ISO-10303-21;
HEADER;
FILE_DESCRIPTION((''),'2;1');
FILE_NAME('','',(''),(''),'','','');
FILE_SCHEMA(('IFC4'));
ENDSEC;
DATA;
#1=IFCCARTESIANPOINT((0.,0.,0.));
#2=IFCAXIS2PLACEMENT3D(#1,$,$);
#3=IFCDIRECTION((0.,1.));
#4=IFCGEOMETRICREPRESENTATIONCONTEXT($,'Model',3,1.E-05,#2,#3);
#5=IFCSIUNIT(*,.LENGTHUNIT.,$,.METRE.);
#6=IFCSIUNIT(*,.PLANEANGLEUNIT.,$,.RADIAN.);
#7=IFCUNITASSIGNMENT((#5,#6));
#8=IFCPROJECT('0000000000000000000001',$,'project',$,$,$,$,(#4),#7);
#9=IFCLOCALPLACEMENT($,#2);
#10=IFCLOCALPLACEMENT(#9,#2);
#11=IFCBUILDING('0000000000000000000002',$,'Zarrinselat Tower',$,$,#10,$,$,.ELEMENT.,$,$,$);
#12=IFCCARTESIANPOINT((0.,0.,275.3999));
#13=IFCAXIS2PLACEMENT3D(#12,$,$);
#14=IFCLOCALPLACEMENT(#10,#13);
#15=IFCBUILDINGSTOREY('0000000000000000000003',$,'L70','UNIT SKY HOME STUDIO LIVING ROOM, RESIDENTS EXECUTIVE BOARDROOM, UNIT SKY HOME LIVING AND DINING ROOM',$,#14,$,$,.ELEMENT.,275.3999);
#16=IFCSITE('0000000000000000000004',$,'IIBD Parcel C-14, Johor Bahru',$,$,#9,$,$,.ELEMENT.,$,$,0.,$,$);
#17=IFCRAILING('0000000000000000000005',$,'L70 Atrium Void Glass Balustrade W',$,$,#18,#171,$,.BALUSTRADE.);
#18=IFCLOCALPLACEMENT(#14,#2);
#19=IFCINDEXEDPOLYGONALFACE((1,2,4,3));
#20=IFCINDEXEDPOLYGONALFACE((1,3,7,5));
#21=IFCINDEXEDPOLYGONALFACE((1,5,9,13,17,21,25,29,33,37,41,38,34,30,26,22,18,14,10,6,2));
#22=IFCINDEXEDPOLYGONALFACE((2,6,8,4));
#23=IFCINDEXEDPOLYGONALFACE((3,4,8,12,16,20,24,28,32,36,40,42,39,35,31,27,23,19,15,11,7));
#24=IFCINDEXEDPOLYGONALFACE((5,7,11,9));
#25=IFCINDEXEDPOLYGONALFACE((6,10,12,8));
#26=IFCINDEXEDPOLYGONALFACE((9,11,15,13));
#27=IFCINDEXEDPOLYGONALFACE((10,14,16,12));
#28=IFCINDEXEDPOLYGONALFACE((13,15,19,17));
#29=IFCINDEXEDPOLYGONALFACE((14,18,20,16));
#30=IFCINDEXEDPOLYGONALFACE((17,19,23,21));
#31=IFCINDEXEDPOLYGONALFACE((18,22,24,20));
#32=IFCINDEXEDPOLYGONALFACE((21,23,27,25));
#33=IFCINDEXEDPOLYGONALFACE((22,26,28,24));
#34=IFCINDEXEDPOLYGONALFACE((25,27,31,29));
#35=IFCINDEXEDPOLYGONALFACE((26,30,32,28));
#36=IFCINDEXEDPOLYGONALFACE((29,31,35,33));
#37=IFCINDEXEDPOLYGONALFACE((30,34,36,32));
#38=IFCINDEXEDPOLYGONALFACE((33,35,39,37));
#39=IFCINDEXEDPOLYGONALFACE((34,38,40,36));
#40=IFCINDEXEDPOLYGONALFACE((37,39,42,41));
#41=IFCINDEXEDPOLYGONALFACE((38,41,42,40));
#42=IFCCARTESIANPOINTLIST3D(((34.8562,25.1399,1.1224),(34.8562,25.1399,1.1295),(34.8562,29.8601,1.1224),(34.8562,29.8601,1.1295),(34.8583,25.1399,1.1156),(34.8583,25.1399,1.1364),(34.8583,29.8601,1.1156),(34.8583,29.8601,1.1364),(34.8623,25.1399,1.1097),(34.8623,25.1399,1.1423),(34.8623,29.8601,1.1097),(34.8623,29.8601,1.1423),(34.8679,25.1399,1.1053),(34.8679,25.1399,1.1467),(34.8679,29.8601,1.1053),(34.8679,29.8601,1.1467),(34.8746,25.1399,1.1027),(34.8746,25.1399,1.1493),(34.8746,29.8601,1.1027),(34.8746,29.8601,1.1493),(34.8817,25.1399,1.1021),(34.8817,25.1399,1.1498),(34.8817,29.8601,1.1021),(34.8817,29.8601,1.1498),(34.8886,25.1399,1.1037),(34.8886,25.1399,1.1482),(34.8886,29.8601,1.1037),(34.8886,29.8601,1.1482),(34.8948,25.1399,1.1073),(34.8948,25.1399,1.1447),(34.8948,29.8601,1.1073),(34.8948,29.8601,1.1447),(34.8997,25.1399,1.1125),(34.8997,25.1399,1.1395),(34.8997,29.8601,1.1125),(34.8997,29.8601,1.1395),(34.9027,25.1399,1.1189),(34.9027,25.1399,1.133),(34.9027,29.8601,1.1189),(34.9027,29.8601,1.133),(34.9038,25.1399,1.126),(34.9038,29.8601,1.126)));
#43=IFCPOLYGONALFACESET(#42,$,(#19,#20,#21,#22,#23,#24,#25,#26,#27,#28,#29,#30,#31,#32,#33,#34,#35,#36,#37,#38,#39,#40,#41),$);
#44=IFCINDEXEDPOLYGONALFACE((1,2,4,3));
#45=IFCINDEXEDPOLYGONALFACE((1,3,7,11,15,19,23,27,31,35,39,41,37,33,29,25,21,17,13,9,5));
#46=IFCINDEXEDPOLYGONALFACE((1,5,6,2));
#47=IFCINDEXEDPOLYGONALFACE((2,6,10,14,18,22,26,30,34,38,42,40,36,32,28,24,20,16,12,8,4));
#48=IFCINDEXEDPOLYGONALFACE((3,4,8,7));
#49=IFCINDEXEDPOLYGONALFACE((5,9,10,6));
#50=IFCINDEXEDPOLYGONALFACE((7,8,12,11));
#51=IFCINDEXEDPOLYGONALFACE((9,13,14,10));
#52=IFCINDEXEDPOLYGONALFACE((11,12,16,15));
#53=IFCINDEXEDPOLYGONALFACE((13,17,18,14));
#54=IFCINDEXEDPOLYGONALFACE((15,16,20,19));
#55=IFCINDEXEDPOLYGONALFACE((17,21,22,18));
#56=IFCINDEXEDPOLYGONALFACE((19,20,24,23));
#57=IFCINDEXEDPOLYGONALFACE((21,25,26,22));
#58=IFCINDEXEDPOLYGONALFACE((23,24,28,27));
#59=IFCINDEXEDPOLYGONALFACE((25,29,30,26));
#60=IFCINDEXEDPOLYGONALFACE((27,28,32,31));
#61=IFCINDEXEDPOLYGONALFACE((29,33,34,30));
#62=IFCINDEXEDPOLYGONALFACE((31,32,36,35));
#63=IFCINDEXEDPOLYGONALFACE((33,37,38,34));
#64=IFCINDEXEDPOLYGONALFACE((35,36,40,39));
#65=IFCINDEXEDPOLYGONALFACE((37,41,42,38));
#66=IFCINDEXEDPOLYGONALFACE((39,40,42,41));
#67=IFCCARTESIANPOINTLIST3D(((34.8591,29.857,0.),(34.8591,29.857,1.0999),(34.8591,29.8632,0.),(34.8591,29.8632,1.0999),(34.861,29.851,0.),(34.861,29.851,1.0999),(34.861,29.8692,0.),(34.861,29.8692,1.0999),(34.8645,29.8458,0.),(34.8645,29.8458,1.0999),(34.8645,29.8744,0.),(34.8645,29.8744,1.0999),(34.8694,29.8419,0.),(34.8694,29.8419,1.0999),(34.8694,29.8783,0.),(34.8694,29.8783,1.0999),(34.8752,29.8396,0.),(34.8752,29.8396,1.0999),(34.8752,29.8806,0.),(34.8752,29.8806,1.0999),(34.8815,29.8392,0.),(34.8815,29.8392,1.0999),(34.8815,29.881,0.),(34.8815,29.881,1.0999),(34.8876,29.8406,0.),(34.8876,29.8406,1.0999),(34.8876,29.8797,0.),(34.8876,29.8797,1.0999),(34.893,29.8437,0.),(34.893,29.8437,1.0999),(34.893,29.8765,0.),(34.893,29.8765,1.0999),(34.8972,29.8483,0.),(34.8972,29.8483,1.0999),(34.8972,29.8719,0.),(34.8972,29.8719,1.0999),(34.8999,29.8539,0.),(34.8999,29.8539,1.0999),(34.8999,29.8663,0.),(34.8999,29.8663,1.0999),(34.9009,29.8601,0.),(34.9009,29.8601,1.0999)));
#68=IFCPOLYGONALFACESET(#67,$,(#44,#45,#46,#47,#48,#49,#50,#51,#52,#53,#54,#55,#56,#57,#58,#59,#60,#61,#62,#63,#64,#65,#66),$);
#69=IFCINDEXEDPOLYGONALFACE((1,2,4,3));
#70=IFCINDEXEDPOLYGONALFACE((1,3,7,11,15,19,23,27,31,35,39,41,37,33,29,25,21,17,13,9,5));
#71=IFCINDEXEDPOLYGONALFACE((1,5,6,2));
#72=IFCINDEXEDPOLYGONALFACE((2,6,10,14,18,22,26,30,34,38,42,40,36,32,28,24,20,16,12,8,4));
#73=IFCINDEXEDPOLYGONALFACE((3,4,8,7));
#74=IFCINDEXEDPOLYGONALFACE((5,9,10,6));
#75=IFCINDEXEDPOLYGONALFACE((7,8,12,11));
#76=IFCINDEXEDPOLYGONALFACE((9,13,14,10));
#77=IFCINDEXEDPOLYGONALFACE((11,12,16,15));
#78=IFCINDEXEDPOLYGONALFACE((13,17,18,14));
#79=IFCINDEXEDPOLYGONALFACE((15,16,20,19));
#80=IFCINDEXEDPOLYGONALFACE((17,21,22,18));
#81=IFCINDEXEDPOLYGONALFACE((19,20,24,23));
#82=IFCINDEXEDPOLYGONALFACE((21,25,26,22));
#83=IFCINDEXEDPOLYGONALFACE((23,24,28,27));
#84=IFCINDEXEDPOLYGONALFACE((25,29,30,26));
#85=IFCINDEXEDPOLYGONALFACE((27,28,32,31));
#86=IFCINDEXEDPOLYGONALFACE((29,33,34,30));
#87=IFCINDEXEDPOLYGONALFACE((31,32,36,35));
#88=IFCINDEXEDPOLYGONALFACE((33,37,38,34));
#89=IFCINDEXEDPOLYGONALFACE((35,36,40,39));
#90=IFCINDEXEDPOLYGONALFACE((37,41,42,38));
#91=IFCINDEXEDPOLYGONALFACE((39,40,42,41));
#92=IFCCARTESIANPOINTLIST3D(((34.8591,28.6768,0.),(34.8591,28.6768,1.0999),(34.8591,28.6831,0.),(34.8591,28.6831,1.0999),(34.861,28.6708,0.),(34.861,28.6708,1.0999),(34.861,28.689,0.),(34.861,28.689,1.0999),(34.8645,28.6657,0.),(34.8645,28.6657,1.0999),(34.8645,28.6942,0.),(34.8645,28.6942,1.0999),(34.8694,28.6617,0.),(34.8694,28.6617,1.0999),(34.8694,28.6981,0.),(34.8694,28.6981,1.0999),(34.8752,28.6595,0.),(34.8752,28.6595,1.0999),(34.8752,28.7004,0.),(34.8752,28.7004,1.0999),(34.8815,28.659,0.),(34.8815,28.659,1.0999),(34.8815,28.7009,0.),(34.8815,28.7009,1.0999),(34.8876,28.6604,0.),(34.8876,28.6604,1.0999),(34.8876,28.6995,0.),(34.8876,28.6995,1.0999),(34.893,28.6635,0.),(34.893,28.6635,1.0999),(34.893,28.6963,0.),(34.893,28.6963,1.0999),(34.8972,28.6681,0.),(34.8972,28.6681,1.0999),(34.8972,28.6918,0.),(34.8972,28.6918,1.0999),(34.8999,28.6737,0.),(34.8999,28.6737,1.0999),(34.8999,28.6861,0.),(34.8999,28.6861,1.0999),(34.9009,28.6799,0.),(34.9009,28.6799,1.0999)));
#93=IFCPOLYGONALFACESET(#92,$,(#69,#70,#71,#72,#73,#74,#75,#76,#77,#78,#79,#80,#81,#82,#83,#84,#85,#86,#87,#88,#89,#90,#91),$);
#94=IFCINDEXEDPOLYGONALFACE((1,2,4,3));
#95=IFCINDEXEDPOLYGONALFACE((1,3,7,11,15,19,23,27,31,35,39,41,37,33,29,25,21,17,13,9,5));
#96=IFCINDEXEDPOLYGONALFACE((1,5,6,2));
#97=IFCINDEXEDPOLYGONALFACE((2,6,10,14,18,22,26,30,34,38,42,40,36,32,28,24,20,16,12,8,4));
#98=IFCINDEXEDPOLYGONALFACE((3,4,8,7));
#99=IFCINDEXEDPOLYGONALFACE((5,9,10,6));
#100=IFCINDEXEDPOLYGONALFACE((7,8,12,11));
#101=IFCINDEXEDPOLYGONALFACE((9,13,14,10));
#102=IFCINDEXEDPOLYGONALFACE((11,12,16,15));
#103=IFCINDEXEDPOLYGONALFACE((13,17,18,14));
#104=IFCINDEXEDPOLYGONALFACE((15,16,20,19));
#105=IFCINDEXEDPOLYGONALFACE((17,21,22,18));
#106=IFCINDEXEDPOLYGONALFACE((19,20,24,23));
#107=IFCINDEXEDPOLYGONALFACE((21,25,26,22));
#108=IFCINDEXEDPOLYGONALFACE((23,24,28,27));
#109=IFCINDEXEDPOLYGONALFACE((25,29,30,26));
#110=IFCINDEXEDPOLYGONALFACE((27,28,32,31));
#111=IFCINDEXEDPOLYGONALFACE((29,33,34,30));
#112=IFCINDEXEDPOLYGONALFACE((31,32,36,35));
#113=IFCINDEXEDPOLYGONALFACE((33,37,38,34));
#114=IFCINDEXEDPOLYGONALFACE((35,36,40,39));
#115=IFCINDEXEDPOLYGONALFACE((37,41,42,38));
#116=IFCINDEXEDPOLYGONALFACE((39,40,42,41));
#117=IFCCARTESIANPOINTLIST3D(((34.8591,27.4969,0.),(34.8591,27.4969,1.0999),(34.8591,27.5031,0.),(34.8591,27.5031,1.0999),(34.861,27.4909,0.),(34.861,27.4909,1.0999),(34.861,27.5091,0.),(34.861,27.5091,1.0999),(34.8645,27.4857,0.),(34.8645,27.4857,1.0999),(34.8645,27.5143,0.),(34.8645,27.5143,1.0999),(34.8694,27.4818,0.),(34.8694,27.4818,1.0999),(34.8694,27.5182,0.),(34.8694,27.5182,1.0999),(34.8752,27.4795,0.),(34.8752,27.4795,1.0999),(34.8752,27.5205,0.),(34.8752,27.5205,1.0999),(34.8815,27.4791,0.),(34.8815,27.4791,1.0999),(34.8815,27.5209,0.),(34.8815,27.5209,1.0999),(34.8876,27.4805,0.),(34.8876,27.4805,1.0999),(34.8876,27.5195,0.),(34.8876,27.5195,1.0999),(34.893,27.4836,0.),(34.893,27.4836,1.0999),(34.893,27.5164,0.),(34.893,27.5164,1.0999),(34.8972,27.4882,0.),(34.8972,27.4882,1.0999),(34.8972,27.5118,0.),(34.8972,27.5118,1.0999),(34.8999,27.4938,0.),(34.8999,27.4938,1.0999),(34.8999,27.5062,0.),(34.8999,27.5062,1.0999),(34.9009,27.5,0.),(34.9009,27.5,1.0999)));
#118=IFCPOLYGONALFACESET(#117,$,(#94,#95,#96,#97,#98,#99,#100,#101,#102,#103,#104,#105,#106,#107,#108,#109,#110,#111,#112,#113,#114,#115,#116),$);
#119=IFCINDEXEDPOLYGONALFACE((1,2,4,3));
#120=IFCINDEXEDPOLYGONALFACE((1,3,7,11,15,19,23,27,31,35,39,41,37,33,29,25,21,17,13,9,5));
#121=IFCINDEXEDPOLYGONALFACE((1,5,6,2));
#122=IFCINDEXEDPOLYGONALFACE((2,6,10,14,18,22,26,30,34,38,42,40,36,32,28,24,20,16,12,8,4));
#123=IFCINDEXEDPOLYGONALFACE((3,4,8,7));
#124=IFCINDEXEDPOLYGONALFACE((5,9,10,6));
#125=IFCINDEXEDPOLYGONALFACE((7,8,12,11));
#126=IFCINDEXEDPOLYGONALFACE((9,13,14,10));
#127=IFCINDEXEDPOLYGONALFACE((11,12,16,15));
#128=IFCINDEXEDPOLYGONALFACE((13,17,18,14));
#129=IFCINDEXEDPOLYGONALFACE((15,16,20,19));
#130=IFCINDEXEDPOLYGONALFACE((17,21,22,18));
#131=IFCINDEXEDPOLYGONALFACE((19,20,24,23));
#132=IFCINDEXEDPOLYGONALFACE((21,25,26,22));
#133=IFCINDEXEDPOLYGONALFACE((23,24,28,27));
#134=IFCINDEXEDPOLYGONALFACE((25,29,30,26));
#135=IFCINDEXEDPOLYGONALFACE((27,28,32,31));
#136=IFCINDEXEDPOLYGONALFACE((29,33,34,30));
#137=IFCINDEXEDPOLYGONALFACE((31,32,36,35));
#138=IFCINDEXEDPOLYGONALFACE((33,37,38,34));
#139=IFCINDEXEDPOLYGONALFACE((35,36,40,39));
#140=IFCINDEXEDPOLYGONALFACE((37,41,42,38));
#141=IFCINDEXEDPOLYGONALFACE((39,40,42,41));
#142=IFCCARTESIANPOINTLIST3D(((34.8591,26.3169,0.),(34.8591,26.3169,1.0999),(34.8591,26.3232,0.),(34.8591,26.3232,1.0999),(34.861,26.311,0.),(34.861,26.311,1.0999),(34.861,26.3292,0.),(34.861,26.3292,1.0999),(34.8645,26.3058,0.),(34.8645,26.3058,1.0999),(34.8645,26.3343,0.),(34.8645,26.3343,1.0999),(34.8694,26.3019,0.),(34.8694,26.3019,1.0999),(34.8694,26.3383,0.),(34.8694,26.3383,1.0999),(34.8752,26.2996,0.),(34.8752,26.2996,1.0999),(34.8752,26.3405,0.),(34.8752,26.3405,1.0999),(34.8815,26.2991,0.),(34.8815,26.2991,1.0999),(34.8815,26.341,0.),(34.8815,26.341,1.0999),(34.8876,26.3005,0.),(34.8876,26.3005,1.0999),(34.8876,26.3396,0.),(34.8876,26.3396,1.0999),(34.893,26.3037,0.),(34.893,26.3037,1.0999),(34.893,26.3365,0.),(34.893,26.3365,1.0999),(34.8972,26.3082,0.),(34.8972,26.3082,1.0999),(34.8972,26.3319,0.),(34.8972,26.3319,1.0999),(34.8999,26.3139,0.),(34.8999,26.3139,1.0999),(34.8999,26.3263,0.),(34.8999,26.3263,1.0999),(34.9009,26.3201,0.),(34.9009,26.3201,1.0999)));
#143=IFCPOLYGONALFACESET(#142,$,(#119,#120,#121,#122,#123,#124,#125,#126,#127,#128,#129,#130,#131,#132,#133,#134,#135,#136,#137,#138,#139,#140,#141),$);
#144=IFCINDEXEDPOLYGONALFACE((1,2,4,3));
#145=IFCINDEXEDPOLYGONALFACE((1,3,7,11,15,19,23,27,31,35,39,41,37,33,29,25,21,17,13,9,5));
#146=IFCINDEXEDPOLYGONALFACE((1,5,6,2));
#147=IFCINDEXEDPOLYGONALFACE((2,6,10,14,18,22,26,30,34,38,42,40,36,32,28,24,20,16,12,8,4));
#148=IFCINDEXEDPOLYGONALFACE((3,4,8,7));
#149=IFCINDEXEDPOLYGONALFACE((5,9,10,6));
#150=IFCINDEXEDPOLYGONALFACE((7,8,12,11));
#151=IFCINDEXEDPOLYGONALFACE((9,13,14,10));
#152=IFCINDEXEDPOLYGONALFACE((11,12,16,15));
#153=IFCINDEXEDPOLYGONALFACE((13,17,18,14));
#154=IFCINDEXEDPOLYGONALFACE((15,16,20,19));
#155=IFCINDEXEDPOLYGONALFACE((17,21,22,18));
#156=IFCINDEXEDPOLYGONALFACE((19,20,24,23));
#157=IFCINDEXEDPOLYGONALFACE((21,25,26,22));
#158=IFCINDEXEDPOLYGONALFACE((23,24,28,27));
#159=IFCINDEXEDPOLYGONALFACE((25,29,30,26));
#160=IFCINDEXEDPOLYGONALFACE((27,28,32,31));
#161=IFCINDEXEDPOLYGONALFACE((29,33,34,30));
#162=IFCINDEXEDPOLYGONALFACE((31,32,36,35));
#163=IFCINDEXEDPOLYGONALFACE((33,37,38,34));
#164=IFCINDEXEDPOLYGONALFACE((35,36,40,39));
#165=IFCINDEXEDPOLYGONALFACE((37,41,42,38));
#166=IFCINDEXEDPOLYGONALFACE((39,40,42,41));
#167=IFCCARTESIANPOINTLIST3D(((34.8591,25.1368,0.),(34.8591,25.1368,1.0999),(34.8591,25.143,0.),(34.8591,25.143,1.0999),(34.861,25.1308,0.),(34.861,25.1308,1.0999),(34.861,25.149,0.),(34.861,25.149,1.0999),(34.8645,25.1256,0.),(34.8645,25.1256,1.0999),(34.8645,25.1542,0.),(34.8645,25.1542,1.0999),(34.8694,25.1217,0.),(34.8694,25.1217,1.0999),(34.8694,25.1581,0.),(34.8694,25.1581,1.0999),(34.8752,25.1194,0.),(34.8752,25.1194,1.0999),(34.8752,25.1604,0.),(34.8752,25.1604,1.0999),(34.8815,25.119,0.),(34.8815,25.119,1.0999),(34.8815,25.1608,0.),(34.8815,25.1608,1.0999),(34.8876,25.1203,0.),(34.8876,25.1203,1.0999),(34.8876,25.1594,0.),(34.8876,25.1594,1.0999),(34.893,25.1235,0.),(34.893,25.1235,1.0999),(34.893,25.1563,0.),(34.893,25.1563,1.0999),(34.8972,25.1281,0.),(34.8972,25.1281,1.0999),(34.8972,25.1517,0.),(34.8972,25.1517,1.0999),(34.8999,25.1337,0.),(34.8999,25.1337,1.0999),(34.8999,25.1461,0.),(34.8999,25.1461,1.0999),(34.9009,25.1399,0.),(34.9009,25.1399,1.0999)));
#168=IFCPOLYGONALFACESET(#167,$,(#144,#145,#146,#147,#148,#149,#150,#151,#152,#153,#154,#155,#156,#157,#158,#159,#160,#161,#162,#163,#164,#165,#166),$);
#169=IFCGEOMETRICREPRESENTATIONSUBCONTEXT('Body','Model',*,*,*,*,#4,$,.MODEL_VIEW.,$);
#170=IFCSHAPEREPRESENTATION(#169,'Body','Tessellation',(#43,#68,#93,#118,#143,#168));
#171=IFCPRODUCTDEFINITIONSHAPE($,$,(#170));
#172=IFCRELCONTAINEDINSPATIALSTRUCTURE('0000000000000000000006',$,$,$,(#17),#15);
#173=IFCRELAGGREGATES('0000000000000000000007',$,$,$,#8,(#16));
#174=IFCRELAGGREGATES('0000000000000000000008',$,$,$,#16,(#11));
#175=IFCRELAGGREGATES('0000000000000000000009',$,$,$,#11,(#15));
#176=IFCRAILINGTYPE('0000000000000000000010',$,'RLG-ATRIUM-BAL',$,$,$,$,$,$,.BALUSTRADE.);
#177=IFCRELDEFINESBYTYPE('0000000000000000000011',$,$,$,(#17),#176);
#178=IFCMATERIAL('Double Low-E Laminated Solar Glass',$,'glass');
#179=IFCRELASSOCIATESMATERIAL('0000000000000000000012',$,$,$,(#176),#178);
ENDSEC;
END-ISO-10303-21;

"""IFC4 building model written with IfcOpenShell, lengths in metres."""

from ifc_helpers import new_model, si_unit, direction, frame, origin, origin_2d, place, context, subcontext, project, spatial, circle, extrude, material, type_object, element, save


model = new_model("IFC4")

# Units and contexts
model_context = context("Model", 3, precision=1e-05, world=origin(), true_north=direction((0.0, 1.0)))
body_context = subcontext(model_context, "Body", "Model", "MODEL_VIEW")
ifc_project = project(units=[si_unit("LENGTHUNIT", "METRE"), si_unit("PLANEANGLEUNIT", "RADIAN")], contexts=[model_context])

# Site, building, storey
site_placement = place(None, origin())
site = spatial("IfcSite", under=ifc_project, at=site_placement, Name="IIBD Parcel C-14, Johor Bahru", CompositionType="ELEMENT", RefElevation=0.0)
building_placement = place(site_placement, origin())
building = spatial("IfcBuilding", under=site, at=building_placement, Name="Zarrinselat Tower", CompositionType="ELEMENT")
storey_placement = place(building_placement, frame((0.0, 0.0, 275.3999)))
storey = spatial("IfcBuildingStorey", under=building, at=storey_placement, Name="L70", Description="UNIT SKY HOME STUDIO LIVING ROOM, RESIDENTS EXECUTIVE BOARDROOM, UNIT SKY HOME LIVING AND DINING ROOM", CompositionType="ELEMENT", Elevation=275.3999)

# Railing
ifc_material_1 = material(Name="Double Low-E Laminated Solar Glass", Category="glass")
railing_type_1 = type_object("IfcRailingType", Name="RLG-ATRIUM-BAL", PredefinedType="BALUSTRADE", material=ifc_material_1)
railing_1_placement = place(storey_placement, frame((34.8799, 29.8601, 0.0)))
element("IfcRailing", 1, at=railing_1_placement, inside=storey, type_object=railing_type_1, Name="L70 Atrium Void Glass Balustrade W", PredefinedType="BALUSTRADE", context=body_context, shape_type="SweptSolid", body=[
    extrude(circle(Radius=0.0239, at=origin_2d()), frame((0.0, 0.0, 1.126), z_axis=(0.0, -1.0, 0.0), x_axis=(1.0, 0.0, 0.0)), (0.0, 0.0, 1.0), 4.7202),
    extrude(circle(Radius=0.021, at=origin_2d()), origin(), (0.0, 0.0, 1.0), 1.0999),
    extrude(circle(Radius=0.021, at=origin_2d()), frame((0.0, -1.1802, 0.0)), (0.0, 0.0, 1.0), 1.0999),
    extrude(circle(Radius=0.021, at=origin_2d()), frame((0.0, -2.3601, 0.0)), (0.0, 0.0, 1.0), 1.0999),
    extrude(circle(Radius=0.021, at=origin_2d()), frame((0.0, -3.54, 0.0)), (0.0, 0.0, 1.0), 1.0999),
    extrude(circle(Radius=0.021, at=origin_2d()), frame((0.0, -4.7202, 0.0)), (0.0, 0.0, 1.0), 1.0999),
])

save(model, "model.ifc")
